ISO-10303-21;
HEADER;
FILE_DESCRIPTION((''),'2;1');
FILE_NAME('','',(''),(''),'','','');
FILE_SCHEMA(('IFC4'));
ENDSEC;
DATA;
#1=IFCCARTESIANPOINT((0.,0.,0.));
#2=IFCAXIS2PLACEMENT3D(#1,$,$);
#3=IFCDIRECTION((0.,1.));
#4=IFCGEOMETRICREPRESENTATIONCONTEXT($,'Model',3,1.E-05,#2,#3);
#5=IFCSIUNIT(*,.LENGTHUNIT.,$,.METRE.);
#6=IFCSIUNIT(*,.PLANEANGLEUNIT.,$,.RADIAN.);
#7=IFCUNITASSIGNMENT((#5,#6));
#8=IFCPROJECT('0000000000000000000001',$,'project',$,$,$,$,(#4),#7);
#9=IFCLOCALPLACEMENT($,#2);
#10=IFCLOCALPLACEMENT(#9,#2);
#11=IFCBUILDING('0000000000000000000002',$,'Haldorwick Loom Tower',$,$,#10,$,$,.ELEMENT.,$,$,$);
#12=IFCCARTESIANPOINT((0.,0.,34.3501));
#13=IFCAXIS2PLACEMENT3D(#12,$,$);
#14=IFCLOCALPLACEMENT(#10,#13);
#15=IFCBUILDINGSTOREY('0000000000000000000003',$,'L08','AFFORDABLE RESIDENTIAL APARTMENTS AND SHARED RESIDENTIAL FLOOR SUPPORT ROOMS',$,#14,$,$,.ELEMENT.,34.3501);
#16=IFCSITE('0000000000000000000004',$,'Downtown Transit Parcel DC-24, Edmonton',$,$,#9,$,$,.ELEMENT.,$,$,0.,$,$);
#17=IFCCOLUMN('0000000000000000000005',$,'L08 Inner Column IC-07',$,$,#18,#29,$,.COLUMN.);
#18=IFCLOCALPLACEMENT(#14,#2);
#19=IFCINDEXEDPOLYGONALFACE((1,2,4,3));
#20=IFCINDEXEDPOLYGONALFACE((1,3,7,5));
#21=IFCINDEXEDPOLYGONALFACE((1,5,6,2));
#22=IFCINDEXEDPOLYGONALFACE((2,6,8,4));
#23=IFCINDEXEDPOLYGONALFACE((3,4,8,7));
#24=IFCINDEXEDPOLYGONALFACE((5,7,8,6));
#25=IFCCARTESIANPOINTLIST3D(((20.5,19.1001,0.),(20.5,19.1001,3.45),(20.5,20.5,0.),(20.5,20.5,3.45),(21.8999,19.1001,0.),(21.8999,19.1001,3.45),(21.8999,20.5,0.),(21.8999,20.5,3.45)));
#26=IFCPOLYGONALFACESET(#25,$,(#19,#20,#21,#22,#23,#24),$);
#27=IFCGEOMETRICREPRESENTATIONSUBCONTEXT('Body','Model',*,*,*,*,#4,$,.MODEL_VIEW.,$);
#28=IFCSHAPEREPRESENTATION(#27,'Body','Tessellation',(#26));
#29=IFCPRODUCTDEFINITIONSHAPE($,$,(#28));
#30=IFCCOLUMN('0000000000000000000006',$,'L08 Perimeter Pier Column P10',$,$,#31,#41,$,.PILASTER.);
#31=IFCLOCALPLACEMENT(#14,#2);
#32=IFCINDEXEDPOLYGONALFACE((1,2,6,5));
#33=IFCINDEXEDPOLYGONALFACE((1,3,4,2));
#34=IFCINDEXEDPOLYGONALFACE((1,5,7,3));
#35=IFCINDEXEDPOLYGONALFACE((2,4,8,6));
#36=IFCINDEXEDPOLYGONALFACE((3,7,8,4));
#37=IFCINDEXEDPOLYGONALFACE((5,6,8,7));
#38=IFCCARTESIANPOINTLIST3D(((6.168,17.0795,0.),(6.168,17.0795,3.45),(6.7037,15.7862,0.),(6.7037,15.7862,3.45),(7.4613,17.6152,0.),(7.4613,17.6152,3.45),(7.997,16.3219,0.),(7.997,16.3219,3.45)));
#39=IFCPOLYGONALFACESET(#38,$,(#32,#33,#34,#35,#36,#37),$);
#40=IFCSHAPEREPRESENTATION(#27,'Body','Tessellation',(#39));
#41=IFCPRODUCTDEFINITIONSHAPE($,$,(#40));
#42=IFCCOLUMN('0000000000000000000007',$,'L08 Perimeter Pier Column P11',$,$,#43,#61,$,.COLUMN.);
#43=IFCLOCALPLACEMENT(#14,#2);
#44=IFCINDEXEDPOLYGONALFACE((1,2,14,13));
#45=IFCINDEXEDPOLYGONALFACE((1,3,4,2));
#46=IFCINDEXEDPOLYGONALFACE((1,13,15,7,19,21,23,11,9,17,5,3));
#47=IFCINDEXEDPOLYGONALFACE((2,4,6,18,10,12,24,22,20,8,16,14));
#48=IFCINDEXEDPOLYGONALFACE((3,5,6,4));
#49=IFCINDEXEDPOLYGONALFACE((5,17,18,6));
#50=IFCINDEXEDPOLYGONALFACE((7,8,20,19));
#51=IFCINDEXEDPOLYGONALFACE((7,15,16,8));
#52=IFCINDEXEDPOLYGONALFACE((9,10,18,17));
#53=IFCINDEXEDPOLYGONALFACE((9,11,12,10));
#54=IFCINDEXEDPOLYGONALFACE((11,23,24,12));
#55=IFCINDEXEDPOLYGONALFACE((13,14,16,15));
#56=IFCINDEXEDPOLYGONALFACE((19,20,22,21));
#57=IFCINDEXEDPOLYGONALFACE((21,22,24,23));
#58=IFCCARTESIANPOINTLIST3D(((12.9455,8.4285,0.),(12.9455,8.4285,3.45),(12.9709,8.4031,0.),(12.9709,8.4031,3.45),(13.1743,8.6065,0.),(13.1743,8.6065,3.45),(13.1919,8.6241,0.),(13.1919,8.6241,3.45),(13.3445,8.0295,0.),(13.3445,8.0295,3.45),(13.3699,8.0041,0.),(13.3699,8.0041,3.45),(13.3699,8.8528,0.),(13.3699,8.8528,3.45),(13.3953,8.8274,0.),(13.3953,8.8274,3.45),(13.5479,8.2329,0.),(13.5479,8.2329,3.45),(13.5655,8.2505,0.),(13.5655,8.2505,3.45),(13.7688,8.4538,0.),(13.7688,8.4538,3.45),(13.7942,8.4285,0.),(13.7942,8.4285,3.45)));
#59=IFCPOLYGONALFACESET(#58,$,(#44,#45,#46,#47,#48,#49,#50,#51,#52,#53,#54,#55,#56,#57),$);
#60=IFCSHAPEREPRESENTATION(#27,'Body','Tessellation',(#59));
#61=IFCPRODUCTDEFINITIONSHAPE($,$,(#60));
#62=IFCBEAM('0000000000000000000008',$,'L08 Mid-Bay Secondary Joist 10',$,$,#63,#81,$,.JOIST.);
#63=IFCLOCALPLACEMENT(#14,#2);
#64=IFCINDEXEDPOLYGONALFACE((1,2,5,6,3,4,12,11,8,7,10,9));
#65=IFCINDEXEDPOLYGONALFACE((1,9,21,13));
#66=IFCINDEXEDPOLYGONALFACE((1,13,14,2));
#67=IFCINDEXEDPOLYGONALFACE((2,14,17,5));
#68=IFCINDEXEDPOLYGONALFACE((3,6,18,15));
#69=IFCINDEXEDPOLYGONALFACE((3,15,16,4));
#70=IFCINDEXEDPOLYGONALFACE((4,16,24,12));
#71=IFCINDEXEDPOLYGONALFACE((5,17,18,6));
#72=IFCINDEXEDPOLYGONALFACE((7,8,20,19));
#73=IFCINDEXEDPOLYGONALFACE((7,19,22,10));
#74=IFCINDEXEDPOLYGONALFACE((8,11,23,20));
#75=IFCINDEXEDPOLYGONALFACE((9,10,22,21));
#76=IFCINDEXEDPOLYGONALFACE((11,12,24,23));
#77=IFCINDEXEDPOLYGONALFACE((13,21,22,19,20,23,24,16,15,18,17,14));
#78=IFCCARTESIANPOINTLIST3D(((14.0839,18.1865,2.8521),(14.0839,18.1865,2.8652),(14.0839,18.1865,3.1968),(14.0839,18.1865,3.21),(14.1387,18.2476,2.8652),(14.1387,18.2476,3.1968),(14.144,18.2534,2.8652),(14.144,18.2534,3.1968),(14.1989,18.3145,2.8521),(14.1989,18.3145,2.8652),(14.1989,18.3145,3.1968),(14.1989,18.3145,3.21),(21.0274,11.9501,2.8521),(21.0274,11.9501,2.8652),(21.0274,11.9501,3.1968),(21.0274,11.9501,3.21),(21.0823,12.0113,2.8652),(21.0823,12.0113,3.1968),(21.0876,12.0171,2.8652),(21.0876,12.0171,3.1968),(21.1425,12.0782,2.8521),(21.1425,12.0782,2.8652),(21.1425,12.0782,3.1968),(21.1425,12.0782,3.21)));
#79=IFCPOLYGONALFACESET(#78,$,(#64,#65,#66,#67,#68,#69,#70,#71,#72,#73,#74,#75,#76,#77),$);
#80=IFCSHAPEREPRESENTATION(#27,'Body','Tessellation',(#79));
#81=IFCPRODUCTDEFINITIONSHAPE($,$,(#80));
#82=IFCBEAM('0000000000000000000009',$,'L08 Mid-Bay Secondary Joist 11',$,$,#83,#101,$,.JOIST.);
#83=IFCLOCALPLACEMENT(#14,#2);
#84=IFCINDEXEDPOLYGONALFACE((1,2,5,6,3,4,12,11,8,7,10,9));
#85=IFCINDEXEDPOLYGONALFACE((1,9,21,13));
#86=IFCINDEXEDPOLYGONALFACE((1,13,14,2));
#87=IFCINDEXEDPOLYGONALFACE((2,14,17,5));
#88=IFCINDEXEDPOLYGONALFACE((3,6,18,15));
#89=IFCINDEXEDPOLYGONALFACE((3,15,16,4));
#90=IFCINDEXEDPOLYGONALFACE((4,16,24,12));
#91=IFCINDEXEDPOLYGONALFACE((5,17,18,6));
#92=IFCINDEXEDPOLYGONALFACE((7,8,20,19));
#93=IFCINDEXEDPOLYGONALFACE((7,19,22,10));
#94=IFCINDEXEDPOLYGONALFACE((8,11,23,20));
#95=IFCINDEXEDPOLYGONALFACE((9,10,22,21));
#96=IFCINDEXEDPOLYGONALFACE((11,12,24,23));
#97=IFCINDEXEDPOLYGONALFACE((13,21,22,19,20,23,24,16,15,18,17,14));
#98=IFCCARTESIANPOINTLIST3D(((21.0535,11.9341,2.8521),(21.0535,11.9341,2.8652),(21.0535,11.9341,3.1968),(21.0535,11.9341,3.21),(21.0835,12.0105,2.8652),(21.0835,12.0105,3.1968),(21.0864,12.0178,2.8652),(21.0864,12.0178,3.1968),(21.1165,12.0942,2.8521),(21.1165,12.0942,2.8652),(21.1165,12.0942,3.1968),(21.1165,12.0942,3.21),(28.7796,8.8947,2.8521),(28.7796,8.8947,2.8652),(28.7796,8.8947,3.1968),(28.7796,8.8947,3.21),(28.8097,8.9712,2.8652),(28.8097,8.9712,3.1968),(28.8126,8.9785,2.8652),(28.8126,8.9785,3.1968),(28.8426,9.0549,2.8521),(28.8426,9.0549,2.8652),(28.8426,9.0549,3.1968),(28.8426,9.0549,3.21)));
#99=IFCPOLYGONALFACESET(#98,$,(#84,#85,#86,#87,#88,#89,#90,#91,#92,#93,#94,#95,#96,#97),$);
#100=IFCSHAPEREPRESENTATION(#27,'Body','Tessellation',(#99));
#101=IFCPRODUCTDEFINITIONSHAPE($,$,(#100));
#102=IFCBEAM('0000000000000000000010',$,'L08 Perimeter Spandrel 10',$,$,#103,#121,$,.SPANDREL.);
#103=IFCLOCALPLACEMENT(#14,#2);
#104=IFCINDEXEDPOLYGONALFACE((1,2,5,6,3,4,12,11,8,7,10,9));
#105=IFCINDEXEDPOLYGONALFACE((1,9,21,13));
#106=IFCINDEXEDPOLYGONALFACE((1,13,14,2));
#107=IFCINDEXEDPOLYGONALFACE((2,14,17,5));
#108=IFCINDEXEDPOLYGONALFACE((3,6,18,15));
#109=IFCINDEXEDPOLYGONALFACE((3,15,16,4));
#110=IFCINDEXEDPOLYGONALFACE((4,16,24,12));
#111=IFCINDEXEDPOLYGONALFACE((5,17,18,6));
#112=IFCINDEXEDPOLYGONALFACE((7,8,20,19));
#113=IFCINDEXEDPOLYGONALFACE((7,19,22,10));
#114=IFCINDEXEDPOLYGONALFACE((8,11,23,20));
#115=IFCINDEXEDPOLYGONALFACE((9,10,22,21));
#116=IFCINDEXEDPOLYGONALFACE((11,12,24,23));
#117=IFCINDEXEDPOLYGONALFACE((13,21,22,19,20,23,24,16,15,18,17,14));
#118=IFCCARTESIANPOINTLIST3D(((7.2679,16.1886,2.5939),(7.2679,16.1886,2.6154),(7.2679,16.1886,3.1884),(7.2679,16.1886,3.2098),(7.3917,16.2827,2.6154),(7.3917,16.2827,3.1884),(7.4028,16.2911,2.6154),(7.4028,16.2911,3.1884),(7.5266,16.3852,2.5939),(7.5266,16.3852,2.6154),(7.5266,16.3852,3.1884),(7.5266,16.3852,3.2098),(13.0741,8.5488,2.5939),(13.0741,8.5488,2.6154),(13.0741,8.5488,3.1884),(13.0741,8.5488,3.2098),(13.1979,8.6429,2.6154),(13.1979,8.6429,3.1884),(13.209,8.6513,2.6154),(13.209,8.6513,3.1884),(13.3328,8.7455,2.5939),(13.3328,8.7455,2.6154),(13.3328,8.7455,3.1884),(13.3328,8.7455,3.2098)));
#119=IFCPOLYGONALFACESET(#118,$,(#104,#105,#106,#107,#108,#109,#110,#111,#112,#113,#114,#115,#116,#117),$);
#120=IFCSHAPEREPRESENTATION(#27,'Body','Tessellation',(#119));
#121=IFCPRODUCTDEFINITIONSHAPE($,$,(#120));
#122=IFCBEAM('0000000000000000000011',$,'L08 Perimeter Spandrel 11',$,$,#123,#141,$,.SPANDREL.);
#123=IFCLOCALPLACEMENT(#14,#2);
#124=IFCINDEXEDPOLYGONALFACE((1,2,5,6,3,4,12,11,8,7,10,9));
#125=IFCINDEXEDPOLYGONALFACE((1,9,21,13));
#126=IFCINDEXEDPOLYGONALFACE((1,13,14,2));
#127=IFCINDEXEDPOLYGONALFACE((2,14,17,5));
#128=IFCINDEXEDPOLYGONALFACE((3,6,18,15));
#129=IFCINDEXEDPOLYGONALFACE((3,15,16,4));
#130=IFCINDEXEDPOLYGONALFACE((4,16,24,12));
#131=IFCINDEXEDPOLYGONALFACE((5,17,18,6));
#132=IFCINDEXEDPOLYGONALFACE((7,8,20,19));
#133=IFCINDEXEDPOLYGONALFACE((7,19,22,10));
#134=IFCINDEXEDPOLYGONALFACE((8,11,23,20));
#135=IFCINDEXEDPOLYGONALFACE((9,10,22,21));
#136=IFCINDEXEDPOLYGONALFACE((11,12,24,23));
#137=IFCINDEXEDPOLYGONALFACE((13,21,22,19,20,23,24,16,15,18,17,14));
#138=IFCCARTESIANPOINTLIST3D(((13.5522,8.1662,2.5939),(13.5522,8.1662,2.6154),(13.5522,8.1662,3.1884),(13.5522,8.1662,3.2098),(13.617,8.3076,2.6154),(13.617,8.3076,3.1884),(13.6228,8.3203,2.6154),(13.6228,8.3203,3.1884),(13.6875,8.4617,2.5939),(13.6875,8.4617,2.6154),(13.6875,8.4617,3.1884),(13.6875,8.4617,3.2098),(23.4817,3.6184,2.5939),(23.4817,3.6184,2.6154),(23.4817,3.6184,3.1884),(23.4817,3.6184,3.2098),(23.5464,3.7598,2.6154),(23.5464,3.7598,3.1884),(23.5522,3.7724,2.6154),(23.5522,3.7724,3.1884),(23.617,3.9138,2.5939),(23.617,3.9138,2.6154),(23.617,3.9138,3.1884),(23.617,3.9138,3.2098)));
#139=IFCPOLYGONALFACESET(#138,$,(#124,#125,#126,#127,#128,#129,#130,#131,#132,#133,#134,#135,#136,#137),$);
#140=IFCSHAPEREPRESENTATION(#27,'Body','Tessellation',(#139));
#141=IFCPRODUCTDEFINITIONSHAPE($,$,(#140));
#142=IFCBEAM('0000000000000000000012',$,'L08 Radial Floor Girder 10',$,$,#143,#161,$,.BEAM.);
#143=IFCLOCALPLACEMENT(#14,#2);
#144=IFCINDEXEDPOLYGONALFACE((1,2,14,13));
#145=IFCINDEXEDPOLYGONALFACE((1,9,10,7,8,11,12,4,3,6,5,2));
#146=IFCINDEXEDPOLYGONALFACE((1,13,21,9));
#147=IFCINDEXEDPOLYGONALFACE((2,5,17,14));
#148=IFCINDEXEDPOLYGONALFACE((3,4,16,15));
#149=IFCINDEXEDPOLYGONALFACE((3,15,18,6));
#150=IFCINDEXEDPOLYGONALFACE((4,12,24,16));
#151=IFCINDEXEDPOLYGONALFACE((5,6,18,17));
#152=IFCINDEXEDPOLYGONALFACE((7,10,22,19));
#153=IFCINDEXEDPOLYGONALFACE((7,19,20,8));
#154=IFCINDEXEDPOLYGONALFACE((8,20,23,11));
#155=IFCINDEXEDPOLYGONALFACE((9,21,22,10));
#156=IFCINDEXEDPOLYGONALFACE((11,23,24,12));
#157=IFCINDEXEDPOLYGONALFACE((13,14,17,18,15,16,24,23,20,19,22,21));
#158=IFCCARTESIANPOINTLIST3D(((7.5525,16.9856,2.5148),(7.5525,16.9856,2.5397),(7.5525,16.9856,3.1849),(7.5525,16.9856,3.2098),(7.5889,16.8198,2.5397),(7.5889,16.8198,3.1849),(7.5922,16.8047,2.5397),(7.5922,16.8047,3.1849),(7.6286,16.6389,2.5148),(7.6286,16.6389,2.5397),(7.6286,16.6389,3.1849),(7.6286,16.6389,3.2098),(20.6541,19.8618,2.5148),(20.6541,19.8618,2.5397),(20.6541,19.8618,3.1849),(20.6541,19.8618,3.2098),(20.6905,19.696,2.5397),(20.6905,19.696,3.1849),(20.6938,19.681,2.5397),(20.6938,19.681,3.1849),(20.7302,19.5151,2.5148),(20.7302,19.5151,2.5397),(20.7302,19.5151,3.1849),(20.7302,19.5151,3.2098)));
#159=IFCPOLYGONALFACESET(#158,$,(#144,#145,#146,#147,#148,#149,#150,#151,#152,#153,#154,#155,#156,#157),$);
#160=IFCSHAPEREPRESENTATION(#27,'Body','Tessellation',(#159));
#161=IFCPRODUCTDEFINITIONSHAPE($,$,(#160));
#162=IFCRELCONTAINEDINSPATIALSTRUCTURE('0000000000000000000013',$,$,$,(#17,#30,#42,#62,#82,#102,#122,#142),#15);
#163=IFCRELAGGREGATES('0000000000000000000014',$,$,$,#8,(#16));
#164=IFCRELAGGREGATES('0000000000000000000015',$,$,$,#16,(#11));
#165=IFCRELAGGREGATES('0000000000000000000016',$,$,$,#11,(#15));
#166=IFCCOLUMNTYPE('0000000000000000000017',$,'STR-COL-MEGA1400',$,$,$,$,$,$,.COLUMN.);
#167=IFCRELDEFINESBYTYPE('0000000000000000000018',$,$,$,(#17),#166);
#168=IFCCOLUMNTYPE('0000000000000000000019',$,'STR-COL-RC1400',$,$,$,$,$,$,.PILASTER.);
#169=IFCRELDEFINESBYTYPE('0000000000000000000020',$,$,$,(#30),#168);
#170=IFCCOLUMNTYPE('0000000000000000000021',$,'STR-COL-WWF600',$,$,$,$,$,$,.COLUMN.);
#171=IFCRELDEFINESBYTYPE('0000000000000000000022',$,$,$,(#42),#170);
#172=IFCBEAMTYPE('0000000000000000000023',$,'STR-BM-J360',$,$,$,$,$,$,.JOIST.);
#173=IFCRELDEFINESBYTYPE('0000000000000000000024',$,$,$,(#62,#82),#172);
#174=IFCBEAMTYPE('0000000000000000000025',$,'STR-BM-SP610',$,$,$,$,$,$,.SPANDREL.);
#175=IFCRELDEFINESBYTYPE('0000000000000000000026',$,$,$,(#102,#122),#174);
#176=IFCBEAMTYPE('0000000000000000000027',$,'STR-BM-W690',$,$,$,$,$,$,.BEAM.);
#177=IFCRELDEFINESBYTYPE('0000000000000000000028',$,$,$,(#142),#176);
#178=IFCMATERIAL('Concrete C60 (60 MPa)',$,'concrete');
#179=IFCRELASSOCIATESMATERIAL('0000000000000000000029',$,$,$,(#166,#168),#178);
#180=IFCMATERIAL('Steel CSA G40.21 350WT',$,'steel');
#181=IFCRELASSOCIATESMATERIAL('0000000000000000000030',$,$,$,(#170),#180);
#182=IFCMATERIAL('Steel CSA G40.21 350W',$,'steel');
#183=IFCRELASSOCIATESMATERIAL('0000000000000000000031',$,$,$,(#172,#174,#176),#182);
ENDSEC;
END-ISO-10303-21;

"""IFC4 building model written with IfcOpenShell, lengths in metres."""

from ifc_helpers import new_model, si_unit, direction, frame, origin, origin_2d, place, context, subcontext, project, spatial, rectangle, i_section, extrude, material, material_profile, profile_set, type_object, element, save


model = new_model("IFC4")

# Units and contexts
model_context = context("Model", 3, precision=1e-05, world=origin(), true_north=direction((0.0, 1.0)))
body_context = subcontext(model_context, "Body", "Model", "MODEL_VIEW")
ifc_project = project(units=[si_unit("LENGTHUNIT", "METRE"), si_unit("PLANEANGLEUNIT", "RADIAN")], contexts=[model_context])

# Site, building, storey
site_placement = place(None, origin())
site = spatial("IfcSite", under=ifc_project, at=site_placement, Name="Downtown Transit Parcel DC-24, Edmonton", CompositionType="ELEMENT", RefElevation=0.0)
building_placement = place(site_placement, origin())
building = spatial("IfcBuilding", under=site, at=building_placement, Name="Haldorwick Loom Tower", CompositionType="ELEMENT")
storey_placement = place(building_placement, frame((0.0, 0.0, 34.3501)))
storey = spatial("IfcBuildingStorey", under=building, at=storey_placement, Name="L08", Description="AFFORDABLE RESIDENTIAL APARTMENTS AND SHARED RESIDENTIAL FLOOR SUPPORT ROOMS", CompositionType="ELEMENT", Elevation=34.3501)

# Columns
ifc_material_1 = material(Name="Concrete C60 (60 MPa)", Category="concrete")
ifc_material_profile_1 = material_profile(ifc_material_1, rectangle(XDim=1.3999, YDim=1.3999, at=origin_2d()), Name="RC1400X1400", Category="concrete")
ifc_profile_set_1 = profile_set([ifc_material_profile_1], Name="Concrete C60 (60 MPa)")
column_type_1 = type_object("IfcColumnType", Name="STR-COL-MEGA1400", PredefinedType="COLUMN", material=ifc_profile_set_1)
column_1_placement = place(storey_placement, frame((21.2, 19.8, 0.0), z_axis=(0.0, 0.0, 1.0), x_axis=(1.0, 0.0, 0.0)))
element("IfcColumn", 1, at=column_1_placement, inside=storey, type_object=column_type_1, Name="L08 Inner Column IC-07", PredefinedType="COLUMN", context=body_context, shape_type="SweptSolid", body=[
    extrude(rectangle(XDim=1.3999, YDim=1.3999, at=origin_2d()), origin(), (0.0, 0.0, 1.0), 3.45),
])
ifc_material_profile_2 = material_profile(ifc_material_1, rectangle(XDim=1.3999, YDim=1.3999, at=origin_2d()), Name="RC1400X1400", Category="concrete")
ifc_profile_set_2 = profile_set([ifc_material_profile_2], Name="Concrete C60 (60 MPa)")
column_type_2 = type_object("IfcColumnType", Name="STR-COL-RC1400", PredefinedType="PILASTER", material=ifc_profile_set_2)
column_2_placement = place(storey_placement, frame((7.0825, 16.7007, 0.0), z_axis=(0.0, 0.0, 1.0), x_axis=(-0.92388, -0.382683, 0.0)))
element("IfcColumn", 2, at=column_2_placement, inside=storey, type_object=column_type_2, Name="L08 Perimeter Pier Column P10", PredefinedType="PILASTER", context=body_context, shape_type="SweptSolid", body=[
    extrude(rectangle(XDim=1.3999, YDim=1.3999, at=origin_2d()), origin(), (0.0, 0.0, 1.0), 3.45),
])
ifc_material_2 = material(Name="Steel CSA G40.21 350WT", Category="steel")
ifc_material_profile_3 = material_profile(ifc_material_2, i_section(OverallWidth=0.6001, OverallDepth=0.6001, WebThickness=0.0249, FlangeThickness=0.0359, at=origin_2d()), Name="WWF600X600", Category="steel")
ifc_profile_set_3 = profile_set([ifc_material_profile_3], Name="Steel CSA G40.21 350WT")
column_type_3 = type_object("IfcColumnType", Name="STR-COL-WWF600", PredefinedType="COLUMN", material=ifc_profile_set_3)
column_3_placement = place(storey_placement, frame((13.3699, 8.4285, 0.0), z_axis=(0.0, 0.0, 1.0), x_axis=(-0.707107, -0.707107, 0.0)))
element("IfcColumn", 3, at=column_3_placement, inside=storey, type_object=column_type_3, Name="L08 Perimeter Pier Column P11", PredefinedType="COLUMN", context=body_context, shape_type="SweptSolid", body=[
    extrude(i_section(OverallWidth=0.6001, OverallDepth=0.6001, WebThickness=0.0249, FlangeThickness=0.0359, at=origin_2d()), origin(), (0.0, 0.0, 1.0), 3.45),
])

# Beams
ifc_material_3 = material(Name="Steel CSA G40.21 350W", Category="steel")
ifc_material_profile_4 = material_profile(ifc_material_3, i_section(OverallWidth=0.1721, OverallDepth=0.3579, WebThickness=0.0078, FlangeThickness=0.0132, at=origin_2d()), Name="W360X57", Category="steel")
ifc_profile_set_4 = profile_set([ifc_material_profile_4], Name="Steel CSA G40.21 350W")
beam_type_1 = type_object("IfcBeamType", Name="STR-BM-J360", PredefinedType="JOIST", material=ifc_profile_set_4)
beam_1_placement = place(storey_placement, frame((14.1414, 18.2505, 3.031), z_axis=(0.743982, -0.6682, 0.0), x_axis=(0.6682, 0.743982, 0.0)))
element("IfcBeam", 4, at=beam_1_placement, inside=storey, type_object=beam_type_1, Name="L08 Mid-Bay Secondary Joist 10", PredefinedType="JOIST", context=body_context, shape_type="SweptSolid", body=[
    extrude(i_section(OverallWidth=0.1721, OverallDepth=0.3579, WebThickness=0.0078, FlangeThickness=0.0132, at=origin_2d()), origin(), (0.0, 0.0, 1.0), 9.333),
])
beam_2_placement = place(storey_placement, frame((21.085, 12.0142, 3.031), z_axis=(0.930585, -0.366076, 0.0), x_axis=(0.366076, 0.930585, 0.0)))
element("IfcBeam", 5, at=beam_2_placement, inside=storey, type_object=beam_type_1, Name="L08 Mid-Bay Secondary Joist 11", PredefinedType="JOIST", context=body_context, shape_type="SweptSolid", body=[
    extrude(i_section(OverallWidth=0.1721, OverallDepth=0.3579, WebThickness=0.0078, FlangeThickness=0.0132, at=origin_2d()), origin(), (0.0, 0.0, 1.0), 8.3025),
])
ifc_material_profile_5 = material_profile(ifc_material_3, i_section(OverallWidth=0.325, OverallDepth=0.616, WebThickness=0.0139, FlangeThickness=0.0215, at=origin_2d()), Name="W610X174", Category="steel")
ifc_profile_set_5 = profile_set([ifc_material_profile_5], Name="Steel CSA G40.21 350W")
beam_type_2 = type_object("IfcBeamType", Name="STR-BM-SP610", PredefinedType="SPANDREL", material=ifc_profile_set_5)
beam_3_placement = place(storey_placement, frame((7.3972, 16.2869, 2.9019), z_axis=(0.605085, -0.796161, 0.0), x_axis=(0.796161, 0.605085, 0.0)))
element("IfcBeam", 6, at=beam_3_placement, inside=storey, type_object=beam_type_2, Name="L08 Perimeter Spandrel 10", PredefinedType="SPANDREL", context=body_context, shape_type="SweptSolid", body=[
    extrude(i_section(OverallWidth=0.325, OverallDepth=0.616, WebThickness=0.0139, FlangeThickness=0.0215, at=origin_2d()), origin(), (0.0, 0.0, 1.0), 9.5957),
])
beam_4_placement = place(storey_placement, frame((13.6199, 8.314, 2.9019), z_axis=(0.909174, -0.416417, 0.0), x_axis=(0.416417, 0.909174, 0.0)))
element("IfcBeam", 7, at=beam_4_placement, inside=storey, type_object=beam_type_2, Name="L08 Perimeter Spandrel 11", PredefinedType="SPANDREL", context=body_context, shape_type="SweptSolid", body=[
    extrude(i_section(OverallWidth=0.325, OverallDepth=0.616, WebThickness=0.0139, FlangeThickness=0.0215, at=origin_2d()), origin(), (0.0, 0.0, 1.0), 10.9214),
])
ifc_material_profile_6 = material_profile(ifc_material_3, i_section(OverallWidth=0.355, OverallDepth=0.6951, WebThickness=0.0154, FlangeThickness=0.0249, at=origin_2d()), Name="W690X217", Category="steel")
ifc_profile_set_6 = profile_set([ifc_material_profile_6], Name="Steel CSA G40.21 350W")
beam_type_3 = type_object("IfcBeamType", Name="STR-BM-W690", PredefinedType="BEAM", material=ifc_profile_set_6)
beam_5_placement = place(storey_placement, frame((20.6921, 19.6885, 2.8623), z_axis=(-0.97674, -0.214426, 0.0), x_axis=(0.214426, -0.97674, 0.0)))
element("IfcBeam", 8, at=beam_5_placement, inside=storey, type_object=beam_type_3, Name="L08 Radial Floor Girder 10", PredefinedType="BEAM", context=body_context, shape_type="SweptSolid", body=[
    extrude(i_section(OverallWidth=0.355, OverallDepth=0.6951, WebThickness=0.0154, FlangeThickness=0.0249, at=origin_2d()), origin(), (0.0, 0.0, 1.0), 13.4136),
])

save(model, "model.ifc")
